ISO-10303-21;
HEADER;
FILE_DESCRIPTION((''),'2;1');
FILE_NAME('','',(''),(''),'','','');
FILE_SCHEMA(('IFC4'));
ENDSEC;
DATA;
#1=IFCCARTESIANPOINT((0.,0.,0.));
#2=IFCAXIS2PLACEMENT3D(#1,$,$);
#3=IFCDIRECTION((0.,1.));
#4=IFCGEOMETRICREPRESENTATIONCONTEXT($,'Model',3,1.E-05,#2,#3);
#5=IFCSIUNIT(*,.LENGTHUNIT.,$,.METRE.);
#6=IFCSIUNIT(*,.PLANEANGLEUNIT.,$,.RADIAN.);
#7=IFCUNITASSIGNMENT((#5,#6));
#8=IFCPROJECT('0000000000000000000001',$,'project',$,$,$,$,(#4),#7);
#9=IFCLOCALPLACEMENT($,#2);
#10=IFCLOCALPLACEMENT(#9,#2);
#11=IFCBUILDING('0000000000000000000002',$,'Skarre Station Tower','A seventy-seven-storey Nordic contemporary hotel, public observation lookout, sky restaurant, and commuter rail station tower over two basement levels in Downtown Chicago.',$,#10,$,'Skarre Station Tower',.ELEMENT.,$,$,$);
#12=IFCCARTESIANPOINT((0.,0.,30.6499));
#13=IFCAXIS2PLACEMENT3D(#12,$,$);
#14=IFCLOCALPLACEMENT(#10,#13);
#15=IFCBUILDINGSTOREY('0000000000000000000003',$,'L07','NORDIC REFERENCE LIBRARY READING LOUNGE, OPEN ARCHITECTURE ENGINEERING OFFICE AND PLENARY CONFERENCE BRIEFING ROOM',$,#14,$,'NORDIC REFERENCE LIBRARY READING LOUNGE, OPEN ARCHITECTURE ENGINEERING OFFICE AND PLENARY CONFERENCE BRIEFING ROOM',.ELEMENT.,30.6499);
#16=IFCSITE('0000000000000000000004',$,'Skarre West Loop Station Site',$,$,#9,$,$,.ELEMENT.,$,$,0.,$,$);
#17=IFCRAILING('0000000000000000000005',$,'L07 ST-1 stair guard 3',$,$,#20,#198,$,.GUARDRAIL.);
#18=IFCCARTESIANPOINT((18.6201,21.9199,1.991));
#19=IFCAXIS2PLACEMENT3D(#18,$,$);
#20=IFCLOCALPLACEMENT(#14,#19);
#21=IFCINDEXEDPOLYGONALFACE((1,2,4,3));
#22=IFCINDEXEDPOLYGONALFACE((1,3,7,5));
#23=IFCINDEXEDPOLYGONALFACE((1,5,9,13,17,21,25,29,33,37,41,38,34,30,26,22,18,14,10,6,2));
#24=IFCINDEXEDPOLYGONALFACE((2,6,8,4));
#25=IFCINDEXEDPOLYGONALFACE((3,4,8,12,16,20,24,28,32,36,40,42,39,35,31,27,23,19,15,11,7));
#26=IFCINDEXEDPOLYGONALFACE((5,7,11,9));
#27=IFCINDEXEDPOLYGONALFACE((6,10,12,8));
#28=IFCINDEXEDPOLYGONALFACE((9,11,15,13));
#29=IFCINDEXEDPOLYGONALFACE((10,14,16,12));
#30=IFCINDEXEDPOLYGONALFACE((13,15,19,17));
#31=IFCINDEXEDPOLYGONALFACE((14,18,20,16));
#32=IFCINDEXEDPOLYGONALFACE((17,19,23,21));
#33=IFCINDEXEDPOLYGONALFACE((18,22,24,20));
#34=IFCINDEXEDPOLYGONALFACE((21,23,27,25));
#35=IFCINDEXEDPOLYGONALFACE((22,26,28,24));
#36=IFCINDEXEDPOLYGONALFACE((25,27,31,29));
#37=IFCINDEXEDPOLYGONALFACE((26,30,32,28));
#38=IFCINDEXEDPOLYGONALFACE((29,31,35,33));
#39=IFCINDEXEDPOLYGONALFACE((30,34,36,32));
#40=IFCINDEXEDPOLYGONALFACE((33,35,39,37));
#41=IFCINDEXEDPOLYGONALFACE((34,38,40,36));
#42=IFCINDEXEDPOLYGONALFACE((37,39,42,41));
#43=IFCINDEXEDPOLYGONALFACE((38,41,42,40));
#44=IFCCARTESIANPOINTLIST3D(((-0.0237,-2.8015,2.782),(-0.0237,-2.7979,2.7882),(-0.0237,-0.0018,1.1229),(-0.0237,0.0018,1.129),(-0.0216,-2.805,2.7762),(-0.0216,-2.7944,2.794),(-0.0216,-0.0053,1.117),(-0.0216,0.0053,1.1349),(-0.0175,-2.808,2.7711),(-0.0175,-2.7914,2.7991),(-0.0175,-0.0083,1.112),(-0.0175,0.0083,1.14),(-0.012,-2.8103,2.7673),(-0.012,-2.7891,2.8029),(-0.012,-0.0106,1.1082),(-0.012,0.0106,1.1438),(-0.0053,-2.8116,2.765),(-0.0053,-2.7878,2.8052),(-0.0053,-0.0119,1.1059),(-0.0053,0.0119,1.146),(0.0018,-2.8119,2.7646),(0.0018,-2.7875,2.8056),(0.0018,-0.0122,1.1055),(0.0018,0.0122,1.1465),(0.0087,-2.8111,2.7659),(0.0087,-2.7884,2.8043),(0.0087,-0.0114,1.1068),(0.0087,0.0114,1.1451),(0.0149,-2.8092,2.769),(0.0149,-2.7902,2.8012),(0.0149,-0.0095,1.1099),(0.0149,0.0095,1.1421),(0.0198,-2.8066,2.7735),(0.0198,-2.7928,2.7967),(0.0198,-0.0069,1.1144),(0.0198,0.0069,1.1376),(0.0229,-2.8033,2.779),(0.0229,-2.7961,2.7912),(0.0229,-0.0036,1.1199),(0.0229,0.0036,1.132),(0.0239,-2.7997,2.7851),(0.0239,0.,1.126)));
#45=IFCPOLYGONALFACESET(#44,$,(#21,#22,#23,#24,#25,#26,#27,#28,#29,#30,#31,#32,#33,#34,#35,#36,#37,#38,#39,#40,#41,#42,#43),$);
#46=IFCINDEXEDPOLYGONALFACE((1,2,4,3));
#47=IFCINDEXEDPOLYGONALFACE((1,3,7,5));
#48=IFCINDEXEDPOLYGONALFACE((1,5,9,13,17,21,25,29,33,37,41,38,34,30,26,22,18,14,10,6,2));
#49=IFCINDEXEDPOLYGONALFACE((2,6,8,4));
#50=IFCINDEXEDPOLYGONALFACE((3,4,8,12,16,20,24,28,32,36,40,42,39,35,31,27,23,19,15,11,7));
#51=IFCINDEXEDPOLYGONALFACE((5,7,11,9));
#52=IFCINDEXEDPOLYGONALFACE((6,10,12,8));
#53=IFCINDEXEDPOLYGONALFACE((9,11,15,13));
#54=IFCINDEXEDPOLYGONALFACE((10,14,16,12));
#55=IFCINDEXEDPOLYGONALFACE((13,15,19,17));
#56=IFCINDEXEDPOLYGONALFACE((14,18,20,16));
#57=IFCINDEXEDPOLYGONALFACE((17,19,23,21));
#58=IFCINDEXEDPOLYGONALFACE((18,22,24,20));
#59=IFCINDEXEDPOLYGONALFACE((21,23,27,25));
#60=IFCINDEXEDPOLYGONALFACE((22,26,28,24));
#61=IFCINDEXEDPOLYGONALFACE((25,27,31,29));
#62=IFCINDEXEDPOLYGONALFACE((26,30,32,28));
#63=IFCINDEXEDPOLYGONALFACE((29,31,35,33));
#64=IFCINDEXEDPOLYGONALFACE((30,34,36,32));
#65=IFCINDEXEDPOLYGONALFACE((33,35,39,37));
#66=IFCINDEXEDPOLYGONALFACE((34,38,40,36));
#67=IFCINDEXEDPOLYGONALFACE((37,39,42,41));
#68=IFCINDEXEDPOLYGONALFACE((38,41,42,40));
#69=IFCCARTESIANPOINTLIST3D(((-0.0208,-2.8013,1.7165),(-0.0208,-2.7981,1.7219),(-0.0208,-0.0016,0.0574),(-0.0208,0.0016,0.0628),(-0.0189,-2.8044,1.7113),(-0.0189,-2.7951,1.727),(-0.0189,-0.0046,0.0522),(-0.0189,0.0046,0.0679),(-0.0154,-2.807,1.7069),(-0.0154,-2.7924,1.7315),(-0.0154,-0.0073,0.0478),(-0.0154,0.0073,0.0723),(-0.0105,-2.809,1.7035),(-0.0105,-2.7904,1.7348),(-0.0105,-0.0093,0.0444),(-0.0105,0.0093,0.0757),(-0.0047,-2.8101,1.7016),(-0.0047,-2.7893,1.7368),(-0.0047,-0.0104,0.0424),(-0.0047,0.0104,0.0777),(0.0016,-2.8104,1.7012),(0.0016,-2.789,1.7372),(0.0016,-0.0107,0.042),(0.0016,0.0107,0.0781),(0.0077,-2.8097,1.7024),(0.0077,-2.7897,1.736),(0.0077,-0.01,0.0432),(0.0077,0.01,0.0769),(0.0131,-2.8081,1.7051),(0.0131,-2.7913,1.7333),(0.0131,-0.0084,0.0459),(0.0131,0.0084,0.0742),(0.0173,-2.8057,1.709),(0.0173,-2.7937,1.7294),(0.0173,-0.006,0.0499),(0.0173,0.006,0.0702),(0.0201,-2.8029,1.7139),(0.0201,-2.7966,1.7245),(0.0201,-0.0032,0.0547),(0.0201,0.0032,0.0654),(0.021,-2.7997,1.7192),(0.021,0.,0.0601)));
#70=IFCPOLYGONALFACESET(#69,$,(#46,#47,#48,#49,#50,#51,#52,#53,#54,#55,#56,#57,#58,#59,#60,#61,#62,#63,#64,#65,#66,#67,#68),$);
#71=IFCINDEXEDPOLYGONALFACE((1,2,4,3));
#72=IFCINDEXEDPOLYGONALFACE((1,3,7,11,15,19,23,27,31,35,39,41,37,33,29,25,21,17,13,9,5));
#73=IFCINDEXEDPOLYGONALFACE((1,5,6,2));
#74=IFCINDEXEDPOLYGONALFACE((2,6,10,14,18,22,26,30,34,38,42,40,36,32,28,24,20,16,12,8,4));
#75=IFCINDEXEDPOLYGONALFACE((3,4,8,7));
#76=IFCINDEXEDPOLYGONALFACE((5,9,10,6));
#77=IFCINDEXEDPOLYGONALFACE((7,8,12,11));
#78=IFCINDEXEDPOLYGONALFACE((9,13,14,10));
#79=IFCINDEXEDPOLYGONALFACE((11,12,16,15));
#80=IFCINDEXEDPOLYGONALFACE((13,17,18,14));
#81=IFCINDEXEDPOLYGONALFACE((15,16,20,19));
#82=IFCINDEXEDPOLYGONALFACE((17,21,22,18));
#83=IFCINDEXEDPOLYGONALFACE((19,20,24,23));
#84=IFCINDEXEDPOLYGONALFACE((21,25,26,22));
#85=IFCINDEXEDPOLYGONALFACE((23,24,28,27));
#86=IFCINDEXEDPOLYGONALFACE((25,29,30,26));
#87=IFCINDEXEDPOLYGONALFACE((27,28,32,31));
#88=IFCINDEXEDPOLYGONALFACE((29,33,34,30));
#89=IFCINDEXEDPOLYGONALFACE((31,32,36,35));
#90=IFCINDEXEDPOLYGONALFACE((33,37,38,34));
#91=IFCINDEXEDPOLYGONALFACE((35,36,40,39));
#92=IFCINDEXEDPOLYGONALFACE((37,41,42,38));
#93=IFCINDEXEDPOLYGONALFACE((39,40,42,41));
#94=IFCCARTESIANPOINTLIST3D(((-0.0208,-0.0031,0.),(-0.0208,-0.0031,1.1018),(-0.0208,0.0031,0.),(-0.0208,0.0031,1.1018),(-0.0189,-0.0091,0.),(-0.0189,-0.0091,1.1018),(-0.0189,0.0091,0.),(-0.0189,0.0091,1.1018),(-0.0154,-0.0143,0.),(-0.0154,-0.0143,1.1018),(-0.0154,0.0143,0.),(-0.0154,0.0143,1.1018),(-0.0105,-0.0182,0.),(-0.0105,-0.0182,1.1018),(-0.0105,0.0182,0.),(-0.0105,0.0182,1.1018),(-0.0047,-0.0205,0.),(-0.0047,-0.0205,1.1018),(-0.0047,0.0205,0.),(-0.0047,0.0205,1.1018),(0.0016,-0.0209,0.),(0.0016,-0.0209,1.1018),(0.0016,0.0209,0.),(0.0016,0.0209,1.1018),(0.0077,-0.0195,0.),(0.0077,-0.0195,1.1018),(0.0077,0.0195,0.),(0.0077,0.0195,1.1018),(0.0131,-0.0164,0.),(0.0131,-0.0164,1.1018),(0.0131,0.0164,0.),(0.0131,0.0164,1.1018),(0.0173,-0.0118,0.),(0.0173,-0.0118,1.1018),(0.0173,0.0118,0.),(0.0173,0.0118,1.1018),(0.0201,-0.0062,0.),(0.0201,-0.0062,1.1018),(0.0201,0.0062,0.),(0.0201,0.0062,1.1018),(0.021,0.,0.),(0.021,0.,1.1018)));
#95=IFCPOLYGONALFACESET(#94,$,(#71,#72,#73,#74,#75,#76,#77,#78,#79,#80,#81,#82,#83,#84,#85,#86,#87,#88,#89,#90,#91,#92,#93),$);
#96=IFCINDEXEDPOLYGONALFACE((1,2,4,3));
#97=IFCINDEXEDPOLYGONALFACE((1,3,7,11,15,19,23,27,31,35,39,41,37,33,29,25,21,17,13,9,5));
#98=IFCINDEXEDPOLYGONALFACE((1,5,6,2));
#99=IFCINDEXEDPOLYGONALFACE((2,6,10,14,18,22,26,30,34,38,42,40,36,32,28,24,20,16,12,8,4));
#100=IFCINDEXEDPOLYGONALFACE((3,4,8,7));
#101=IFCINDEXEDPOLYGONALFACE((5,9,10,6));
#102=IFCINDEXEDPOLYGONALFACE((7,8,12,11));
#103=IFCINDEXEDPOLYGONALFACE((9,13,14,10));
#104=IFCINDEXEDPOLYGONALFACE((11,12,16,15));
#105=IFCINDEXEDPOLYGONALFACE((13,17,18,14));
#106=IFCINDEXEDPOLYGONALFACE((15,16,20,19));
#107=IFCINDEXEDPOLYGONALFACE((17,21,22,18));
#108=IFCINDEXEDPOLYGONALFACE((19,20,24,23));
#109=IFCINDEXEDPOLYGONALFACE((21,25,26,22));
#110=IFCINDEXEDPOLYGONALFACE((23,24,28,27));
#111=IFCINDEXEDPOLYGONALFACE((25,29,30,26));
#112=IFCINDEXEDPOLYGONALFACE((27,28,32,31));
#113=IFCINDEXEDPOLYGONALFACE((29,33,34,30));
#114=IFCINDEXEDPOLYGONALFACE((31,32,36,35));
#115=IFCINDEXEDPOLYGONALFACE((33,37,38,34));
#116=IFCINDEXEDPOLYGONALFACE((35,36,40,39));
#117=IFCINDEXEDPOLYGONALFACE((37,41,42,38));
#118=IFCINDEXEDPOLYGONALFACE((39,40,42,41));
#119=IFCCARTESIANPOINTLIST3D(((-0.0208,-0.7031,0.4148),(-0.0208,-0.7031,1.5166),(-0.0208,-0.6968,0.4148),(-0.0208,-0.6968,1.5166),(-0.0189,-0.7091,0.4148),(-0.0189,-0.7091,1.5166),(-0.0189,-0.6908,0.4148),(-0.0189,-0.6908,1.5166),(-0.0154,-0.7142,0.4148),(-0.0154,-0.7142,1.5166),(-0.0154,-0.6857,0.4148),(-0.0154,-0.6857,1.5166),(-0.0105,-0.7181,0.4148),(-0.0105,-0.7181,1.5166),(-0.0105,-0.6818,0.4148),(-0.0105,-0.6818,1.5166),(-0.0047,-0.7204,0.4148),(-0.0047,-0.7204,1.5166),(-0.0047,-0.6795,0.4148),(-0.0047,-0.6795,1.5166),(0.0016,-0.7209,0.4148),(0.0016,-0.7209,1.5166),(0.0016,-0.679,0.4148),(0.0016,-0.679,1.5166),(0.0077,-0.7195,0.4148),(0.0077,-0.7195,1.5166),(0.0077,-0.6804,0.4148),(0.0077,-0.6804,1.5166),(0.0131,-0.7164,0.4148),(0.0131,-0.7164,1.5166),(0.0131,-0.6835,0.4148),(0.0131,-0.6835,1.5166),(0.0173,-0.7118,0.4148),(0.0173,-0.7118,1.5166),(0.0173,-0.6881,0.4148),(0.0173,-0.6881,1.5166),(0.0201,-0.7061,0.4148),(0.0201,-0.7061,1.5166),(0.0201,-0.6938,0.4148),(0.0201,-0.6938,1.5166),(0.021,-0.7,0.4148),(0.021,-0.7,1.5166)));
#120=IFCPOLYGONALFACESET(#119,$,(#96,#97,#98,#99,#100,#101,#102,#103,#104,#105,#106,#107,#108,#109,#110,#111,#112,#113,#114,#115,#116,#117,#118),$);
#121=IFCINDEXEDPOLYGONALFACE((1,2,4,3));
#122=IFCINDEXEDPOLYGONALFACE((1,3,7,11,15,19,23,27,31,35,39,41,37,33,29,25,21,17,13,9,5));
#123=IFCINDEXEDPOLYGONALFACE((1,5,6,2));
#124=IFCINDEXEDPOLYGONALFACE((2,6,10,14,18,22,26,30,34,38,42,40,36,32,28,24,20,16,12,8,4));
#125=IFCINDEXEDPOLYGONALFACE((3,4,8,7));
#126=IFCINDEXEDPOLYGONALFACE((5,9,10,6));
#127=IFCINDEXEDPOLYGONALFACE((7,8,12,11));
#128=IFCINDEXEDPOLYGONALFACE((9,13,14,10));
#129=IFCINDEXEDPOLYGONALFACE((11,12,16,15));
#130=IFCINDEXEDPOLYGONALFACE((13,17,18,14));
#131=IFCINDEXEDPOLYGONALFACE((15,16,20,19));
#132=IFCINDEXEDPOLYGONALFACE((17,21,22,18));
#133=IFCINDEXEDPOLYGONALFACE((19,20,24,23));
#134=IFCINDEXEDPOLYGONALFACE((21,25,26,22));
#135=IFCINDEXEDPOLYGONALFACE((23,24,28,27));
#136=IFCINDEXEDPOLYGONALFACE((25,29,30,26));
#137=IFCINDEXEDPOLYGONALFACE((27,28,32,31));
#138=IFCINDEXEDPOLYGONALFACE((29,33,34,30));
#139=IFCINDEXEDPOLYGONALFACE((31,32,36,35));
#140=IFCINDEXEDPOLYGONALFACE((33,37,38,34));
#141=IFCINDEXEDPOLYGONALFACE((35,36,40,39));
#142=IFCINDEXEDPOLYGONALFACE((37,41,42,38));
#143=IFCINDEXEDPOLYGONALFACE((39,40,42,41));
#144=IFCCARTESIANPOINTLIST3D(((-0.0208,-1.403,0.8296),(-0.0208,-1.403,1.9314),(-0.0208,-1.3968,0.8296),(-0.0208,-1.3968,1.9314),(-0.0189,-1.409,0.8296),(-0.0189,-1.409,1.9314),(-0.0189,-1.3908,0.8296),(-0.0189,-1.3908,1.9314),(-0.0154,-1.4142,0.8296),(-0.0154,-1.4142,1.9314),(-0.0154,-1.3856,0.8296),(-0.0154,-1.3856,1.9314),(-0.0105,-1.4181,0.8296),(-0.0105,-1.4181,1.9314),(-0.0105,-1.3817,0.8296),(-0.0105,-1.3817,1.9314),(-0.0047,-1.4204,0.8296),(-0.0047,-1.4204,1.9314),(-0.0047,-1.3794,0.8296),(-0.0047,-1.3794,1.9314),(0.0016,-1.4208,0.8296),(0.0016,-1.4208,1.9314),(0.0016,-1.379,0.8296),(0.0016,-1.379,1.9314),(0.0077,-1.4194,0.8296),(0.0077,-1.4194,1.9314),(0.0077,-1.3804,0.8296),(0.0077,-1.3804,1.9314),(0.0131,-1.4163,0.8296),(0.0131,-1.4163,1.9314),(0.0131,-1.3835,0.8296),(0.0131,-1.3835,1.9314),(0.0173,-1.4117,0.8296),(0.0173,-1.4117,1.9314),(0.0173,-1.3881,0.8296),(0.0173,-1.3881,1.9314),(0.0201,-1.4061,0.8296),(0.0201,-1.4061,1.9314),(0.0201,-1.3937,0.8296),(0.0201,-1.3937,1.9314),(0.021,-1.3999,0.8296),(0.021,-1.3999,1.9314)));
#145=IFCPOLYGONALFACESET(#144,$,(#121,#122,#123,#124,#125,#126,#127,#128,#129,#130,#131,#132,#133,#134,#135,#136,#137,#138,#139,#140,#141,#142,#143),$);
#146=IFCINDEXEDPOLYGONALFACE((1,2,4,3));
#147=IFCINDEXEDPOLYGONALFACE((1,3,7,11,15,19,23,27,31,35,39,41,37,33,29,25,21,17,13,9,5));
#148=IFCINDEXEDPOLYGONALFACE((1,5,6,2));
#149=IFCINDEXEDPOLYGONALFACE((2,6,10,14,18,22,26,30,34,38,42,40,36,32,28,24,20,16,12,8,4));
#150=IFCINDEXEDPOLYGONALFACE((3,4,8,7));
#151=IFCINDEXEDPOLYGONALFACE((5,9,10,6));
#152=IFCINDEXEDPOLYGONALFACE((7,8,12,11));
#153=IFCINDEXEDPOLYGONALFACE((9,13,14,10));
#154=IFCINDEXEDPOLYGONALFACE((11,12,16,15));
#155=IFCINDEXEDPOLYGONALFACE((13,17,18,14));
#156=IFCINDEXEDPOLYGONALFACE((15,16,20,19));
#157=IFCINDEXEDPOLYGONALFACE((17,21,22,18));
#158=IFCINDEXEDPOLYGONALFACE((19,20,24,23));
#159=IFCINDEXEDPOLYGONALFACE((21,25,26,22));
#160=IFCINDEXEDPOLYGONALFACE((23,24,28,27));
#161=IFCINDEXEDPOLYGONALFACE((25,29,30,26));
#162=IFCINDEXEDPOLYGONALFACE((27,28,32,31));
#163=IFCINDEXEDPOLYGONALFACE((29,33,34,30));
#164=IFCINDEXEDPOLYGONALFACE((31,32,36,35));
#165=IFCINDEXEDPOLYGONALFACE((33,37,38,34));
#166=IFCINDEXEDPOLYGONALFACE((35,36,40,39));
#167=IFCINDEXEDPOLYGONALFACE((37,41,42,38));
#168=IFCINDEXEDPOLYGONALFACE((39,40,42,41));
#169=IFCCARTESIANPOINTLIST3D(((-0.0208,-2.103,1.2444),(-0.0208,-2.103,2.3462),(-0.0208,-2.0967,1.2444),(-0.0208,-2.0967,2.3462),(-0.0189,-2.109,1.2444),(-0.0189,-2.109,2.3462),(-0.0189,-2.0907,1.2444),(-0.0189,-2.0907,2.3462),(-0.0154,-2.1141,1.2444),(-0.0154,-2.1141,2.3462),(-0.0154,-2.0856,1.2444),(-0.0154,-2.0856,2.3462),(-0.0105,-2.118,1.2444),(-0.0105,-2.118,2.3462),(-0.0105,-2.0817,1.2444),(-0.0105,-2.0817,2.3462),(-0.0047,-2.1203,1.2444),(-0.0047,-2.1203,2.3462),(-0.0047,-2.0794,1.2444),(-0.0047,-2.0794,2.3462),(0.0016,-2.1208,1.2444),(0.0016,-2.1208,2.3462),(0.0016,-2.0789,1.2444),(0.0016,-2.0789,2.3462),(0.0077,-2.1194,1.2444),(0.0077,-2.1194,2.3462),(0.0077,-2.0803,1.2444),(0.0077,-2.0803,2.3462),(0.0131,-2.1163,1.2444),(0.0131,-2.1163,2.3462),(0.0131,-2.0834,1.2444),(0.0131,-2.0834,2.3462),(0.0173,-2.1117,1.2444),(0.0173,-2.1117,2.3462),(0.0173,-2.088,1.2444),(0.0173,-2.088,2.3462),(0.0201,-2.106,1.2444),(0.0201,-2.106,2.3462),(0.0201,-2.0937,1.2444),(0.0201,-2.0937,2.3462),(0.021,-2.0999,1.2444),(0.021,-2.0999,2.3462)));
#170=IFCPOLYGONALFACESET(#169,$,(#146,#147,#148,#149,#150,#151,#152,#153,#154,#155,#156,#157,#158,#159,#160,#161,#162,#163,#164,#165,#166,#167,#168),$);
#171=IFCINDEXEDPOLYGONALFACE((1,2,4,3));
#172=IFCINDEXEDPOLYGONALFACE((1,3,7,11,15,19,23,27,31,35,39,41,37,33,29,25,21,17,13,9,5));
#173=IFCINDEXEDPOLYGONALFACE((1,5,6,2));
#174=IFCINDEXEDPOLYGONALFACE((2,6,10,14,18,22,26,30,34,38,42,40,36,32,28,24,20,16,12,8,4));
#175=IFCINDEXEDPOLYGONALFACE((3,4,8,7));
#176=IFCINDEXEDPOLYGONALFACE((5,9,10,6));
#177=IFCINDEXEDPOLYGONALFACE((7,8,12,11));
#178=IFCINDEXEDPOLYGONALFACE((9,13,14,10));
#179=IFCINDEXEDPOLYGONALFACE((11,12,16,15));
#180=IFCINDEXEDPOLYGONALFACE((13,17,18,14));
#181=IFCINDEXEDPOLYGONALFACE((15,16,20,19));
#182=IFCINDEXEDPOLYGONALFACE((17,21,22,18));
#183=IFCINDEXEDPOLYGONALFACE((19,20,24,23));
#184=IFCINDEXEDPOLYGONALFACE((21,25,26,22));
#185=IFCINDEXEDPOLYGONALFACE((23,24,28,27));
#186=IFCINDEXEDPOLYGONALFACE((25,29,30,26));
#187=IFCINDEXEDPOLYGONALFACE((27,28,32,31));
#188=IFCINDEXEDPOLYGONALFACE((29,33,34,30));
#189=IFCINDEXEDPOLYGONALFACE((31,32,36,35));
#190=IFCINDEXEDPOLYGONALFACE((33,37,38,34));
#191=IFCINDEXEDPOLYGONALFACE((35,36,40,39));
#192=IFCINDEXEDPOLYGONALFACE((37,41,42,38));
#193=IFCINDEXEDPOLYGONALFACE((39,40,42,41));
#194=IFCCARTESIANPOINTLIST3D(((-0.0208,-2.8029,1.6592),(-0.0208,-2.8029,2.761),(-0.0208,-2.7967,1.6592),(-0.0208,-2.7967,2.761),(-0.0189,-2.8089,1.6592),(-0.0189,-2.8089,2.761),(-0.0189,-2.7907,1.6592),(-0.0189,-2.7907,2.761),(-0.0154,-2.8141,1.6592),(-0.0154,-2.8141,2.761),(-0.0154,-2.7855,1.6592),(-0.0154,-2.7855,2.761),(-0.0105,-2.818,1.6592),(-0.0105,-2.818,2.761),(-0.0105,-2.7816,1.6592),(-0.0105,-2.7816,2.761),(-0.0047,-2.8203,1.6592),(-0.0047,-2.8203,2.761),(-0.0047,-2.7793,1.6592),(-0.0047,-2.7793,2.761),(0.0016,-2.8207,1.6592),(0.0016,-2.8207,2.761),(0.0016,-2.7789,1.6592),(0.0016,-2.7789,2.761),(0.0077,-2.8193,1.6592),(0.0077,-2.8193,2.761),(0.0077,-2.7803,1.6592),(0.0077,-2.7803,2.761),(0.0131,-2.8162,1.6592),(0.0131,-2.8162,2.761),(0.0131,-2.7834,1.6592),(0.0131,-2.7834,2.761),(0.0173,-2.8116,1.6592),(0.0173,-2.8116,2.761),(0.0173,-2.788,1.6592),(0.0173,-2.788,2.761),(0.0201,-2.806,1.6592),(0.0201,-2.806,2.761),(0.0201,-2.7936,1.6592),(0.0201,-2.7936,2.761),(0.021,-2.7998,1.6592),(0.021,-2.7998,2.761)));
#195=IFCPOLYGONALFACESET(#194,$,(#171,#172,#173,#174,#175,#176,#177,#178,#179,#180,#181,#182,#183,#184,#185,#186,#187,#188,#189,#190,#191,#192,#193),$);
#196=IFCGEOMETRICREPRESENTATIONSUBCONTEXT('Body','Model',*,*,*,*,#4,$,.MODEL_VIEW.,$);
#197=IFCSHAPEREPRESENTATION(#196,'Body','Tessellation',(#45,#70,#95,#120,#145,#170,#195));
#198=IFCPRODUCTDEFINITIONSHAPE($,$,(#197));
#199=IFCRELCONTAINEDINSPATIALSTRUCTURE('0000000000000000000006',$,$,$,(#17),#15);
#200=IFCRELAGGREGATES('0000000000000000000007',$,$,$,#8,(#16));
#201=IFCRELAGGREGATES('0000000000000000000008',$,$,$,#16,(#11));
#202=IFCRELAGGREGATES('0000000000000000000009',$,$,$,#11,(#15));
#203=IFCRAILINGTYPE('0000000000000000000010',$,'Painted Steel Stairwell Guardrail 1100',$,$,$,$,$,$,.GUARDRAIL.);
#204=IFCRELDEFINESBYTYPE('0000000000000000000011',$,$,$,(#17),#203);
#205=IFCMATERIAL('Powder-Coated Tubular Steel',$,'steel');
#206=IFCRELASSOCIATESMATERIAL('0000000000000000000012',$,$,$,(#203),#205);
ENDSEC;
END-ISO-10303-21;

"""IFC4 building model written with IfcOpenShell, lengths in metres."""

from ifc_helpers import new_model, si_unit, direction, frame, origin, origin_2d, place, context, subcontext, project, spatial, circle, extrude, material, type_object, element, save


model = new_model("IFC4")

# Units and contexts
model_context = context("Model", 3, precision=1e-05, world=origin(), true_north=direction((0.0, 1.0)))
body_context = subcontext(model_context, "Body", "Model", "MODEL_VIEW")
ifc_project = project(units=[si_unit("LENGTHUNIT", "METRE"), si_unit("PLANEANGLEUNIT", "RADIAN")], contexts=[model_context])

# Site, building, storey
site_placement = place(None, origin())
site = spatial("IfcSite", under=ifc_project, at=site_placement, Name="Skarre West Loop Station Site", CompositionType="ELEMENT", RefElevation=0.0)
building_placement = place(site_placement, origin())
building = spatial("IfcBuilding", under=site, at=building_placement, Name="Skarre Station Tower", Description="A seventy-seven-storey Nordic contemporary hotel, public observation lookout, sky restaurant, and commuter rail station tower over two basement levels in Downtown Chicago.", LongName="Skarre Station Tower", CompositionType="ELEMENT")
storey_placement = place(building_placement, frame((0.0, 0.0, 30.6499)))
storey = spatial("IfcBuildingStorey", under=building, at=storey_placement, Name="L07", Description="NORDIC REFERENCE LIBRARY READING LOUNGE, OPEN ARCHITECTURE ENGINEERING OFFICE AND PLENARY CONFERENCE BRIEFING ROOM", LongName="NORDIC REFERENCE LIBRARY READING LOUNGE, OPEN ARCHITECTURE ENGINEERING OFFICE AND PLENARY CONFERENCE BRIEFING ROOM", CompositionType="ELEMENT", Elevation=30.6499)

# Railing
ifc_material_1 = material(Name="Powder-Coated Tubular Steel", Category="steel")
railing_type = type_object("IfcRailingType", Name="Painted Steel Stairwell Guardrail 1100", PredefinedType="GUARDRAIL", material=ifc_material_1)
railing_1_placement = place(storey_placement, frame((18.6201, 21.9199, 1.991)))
element("IfcRailing", 1, at=railing_1_placement, inside=storey, type_object=railing_type, Name="L07 ST-1 stair guard 3", PredefinedType="GUARDRAIL", context=body_context, shape_type="SweptSolid", body=[
    extrude(circle(Radius=0.0239, at=origin_2d()), frame((0.0, 0.0, 1.126), z_axis=(0.0, -0.860287, 0.509811), x_axis=(1.0, 0.0, 0.0)), (0.0, 0.0, 1.0), 3.2544),
    extrude(circle(Radius=0.021, at=origin_2d()), frame((0.0, 0.0, 0.0601), z_axis=(0.0, -0.860287, 0.509811), x_axis=(1.0, 0.0, 0.0)), (0.0, 0.0, 1.0), 3.2544),
    extrude(circle(Radius=0.021, at=origin_2d()), origin(), (0.0, 0.0, 1.0), 1.1018),
    extrude(circle(Radius=0.021, at=origin_2d()), frame((0.0, -0.7, 0.4148)), (0.0, 0.0, 1.0), 1.1018),
    extrude(circle(Radius=0.021, at=origin_2d()), frame((0.0, -1.3999, 0.8296)), (0.0, 0.0, 1.0), 1.1018),
    extrude(circle(Radius=0.021, at=origin_2d()), frame((0.0, -2.0999, 1.2444)), (0.0, 0.0, 1.0), 1.1018),
    extrude(circle(Radius=0.021, at=origin_2d()), frame((0.0, -2.7998, 1.6592)), (0.0, 0.0, 1.0), 1.1018),
])

save(model, "model.ifc")
